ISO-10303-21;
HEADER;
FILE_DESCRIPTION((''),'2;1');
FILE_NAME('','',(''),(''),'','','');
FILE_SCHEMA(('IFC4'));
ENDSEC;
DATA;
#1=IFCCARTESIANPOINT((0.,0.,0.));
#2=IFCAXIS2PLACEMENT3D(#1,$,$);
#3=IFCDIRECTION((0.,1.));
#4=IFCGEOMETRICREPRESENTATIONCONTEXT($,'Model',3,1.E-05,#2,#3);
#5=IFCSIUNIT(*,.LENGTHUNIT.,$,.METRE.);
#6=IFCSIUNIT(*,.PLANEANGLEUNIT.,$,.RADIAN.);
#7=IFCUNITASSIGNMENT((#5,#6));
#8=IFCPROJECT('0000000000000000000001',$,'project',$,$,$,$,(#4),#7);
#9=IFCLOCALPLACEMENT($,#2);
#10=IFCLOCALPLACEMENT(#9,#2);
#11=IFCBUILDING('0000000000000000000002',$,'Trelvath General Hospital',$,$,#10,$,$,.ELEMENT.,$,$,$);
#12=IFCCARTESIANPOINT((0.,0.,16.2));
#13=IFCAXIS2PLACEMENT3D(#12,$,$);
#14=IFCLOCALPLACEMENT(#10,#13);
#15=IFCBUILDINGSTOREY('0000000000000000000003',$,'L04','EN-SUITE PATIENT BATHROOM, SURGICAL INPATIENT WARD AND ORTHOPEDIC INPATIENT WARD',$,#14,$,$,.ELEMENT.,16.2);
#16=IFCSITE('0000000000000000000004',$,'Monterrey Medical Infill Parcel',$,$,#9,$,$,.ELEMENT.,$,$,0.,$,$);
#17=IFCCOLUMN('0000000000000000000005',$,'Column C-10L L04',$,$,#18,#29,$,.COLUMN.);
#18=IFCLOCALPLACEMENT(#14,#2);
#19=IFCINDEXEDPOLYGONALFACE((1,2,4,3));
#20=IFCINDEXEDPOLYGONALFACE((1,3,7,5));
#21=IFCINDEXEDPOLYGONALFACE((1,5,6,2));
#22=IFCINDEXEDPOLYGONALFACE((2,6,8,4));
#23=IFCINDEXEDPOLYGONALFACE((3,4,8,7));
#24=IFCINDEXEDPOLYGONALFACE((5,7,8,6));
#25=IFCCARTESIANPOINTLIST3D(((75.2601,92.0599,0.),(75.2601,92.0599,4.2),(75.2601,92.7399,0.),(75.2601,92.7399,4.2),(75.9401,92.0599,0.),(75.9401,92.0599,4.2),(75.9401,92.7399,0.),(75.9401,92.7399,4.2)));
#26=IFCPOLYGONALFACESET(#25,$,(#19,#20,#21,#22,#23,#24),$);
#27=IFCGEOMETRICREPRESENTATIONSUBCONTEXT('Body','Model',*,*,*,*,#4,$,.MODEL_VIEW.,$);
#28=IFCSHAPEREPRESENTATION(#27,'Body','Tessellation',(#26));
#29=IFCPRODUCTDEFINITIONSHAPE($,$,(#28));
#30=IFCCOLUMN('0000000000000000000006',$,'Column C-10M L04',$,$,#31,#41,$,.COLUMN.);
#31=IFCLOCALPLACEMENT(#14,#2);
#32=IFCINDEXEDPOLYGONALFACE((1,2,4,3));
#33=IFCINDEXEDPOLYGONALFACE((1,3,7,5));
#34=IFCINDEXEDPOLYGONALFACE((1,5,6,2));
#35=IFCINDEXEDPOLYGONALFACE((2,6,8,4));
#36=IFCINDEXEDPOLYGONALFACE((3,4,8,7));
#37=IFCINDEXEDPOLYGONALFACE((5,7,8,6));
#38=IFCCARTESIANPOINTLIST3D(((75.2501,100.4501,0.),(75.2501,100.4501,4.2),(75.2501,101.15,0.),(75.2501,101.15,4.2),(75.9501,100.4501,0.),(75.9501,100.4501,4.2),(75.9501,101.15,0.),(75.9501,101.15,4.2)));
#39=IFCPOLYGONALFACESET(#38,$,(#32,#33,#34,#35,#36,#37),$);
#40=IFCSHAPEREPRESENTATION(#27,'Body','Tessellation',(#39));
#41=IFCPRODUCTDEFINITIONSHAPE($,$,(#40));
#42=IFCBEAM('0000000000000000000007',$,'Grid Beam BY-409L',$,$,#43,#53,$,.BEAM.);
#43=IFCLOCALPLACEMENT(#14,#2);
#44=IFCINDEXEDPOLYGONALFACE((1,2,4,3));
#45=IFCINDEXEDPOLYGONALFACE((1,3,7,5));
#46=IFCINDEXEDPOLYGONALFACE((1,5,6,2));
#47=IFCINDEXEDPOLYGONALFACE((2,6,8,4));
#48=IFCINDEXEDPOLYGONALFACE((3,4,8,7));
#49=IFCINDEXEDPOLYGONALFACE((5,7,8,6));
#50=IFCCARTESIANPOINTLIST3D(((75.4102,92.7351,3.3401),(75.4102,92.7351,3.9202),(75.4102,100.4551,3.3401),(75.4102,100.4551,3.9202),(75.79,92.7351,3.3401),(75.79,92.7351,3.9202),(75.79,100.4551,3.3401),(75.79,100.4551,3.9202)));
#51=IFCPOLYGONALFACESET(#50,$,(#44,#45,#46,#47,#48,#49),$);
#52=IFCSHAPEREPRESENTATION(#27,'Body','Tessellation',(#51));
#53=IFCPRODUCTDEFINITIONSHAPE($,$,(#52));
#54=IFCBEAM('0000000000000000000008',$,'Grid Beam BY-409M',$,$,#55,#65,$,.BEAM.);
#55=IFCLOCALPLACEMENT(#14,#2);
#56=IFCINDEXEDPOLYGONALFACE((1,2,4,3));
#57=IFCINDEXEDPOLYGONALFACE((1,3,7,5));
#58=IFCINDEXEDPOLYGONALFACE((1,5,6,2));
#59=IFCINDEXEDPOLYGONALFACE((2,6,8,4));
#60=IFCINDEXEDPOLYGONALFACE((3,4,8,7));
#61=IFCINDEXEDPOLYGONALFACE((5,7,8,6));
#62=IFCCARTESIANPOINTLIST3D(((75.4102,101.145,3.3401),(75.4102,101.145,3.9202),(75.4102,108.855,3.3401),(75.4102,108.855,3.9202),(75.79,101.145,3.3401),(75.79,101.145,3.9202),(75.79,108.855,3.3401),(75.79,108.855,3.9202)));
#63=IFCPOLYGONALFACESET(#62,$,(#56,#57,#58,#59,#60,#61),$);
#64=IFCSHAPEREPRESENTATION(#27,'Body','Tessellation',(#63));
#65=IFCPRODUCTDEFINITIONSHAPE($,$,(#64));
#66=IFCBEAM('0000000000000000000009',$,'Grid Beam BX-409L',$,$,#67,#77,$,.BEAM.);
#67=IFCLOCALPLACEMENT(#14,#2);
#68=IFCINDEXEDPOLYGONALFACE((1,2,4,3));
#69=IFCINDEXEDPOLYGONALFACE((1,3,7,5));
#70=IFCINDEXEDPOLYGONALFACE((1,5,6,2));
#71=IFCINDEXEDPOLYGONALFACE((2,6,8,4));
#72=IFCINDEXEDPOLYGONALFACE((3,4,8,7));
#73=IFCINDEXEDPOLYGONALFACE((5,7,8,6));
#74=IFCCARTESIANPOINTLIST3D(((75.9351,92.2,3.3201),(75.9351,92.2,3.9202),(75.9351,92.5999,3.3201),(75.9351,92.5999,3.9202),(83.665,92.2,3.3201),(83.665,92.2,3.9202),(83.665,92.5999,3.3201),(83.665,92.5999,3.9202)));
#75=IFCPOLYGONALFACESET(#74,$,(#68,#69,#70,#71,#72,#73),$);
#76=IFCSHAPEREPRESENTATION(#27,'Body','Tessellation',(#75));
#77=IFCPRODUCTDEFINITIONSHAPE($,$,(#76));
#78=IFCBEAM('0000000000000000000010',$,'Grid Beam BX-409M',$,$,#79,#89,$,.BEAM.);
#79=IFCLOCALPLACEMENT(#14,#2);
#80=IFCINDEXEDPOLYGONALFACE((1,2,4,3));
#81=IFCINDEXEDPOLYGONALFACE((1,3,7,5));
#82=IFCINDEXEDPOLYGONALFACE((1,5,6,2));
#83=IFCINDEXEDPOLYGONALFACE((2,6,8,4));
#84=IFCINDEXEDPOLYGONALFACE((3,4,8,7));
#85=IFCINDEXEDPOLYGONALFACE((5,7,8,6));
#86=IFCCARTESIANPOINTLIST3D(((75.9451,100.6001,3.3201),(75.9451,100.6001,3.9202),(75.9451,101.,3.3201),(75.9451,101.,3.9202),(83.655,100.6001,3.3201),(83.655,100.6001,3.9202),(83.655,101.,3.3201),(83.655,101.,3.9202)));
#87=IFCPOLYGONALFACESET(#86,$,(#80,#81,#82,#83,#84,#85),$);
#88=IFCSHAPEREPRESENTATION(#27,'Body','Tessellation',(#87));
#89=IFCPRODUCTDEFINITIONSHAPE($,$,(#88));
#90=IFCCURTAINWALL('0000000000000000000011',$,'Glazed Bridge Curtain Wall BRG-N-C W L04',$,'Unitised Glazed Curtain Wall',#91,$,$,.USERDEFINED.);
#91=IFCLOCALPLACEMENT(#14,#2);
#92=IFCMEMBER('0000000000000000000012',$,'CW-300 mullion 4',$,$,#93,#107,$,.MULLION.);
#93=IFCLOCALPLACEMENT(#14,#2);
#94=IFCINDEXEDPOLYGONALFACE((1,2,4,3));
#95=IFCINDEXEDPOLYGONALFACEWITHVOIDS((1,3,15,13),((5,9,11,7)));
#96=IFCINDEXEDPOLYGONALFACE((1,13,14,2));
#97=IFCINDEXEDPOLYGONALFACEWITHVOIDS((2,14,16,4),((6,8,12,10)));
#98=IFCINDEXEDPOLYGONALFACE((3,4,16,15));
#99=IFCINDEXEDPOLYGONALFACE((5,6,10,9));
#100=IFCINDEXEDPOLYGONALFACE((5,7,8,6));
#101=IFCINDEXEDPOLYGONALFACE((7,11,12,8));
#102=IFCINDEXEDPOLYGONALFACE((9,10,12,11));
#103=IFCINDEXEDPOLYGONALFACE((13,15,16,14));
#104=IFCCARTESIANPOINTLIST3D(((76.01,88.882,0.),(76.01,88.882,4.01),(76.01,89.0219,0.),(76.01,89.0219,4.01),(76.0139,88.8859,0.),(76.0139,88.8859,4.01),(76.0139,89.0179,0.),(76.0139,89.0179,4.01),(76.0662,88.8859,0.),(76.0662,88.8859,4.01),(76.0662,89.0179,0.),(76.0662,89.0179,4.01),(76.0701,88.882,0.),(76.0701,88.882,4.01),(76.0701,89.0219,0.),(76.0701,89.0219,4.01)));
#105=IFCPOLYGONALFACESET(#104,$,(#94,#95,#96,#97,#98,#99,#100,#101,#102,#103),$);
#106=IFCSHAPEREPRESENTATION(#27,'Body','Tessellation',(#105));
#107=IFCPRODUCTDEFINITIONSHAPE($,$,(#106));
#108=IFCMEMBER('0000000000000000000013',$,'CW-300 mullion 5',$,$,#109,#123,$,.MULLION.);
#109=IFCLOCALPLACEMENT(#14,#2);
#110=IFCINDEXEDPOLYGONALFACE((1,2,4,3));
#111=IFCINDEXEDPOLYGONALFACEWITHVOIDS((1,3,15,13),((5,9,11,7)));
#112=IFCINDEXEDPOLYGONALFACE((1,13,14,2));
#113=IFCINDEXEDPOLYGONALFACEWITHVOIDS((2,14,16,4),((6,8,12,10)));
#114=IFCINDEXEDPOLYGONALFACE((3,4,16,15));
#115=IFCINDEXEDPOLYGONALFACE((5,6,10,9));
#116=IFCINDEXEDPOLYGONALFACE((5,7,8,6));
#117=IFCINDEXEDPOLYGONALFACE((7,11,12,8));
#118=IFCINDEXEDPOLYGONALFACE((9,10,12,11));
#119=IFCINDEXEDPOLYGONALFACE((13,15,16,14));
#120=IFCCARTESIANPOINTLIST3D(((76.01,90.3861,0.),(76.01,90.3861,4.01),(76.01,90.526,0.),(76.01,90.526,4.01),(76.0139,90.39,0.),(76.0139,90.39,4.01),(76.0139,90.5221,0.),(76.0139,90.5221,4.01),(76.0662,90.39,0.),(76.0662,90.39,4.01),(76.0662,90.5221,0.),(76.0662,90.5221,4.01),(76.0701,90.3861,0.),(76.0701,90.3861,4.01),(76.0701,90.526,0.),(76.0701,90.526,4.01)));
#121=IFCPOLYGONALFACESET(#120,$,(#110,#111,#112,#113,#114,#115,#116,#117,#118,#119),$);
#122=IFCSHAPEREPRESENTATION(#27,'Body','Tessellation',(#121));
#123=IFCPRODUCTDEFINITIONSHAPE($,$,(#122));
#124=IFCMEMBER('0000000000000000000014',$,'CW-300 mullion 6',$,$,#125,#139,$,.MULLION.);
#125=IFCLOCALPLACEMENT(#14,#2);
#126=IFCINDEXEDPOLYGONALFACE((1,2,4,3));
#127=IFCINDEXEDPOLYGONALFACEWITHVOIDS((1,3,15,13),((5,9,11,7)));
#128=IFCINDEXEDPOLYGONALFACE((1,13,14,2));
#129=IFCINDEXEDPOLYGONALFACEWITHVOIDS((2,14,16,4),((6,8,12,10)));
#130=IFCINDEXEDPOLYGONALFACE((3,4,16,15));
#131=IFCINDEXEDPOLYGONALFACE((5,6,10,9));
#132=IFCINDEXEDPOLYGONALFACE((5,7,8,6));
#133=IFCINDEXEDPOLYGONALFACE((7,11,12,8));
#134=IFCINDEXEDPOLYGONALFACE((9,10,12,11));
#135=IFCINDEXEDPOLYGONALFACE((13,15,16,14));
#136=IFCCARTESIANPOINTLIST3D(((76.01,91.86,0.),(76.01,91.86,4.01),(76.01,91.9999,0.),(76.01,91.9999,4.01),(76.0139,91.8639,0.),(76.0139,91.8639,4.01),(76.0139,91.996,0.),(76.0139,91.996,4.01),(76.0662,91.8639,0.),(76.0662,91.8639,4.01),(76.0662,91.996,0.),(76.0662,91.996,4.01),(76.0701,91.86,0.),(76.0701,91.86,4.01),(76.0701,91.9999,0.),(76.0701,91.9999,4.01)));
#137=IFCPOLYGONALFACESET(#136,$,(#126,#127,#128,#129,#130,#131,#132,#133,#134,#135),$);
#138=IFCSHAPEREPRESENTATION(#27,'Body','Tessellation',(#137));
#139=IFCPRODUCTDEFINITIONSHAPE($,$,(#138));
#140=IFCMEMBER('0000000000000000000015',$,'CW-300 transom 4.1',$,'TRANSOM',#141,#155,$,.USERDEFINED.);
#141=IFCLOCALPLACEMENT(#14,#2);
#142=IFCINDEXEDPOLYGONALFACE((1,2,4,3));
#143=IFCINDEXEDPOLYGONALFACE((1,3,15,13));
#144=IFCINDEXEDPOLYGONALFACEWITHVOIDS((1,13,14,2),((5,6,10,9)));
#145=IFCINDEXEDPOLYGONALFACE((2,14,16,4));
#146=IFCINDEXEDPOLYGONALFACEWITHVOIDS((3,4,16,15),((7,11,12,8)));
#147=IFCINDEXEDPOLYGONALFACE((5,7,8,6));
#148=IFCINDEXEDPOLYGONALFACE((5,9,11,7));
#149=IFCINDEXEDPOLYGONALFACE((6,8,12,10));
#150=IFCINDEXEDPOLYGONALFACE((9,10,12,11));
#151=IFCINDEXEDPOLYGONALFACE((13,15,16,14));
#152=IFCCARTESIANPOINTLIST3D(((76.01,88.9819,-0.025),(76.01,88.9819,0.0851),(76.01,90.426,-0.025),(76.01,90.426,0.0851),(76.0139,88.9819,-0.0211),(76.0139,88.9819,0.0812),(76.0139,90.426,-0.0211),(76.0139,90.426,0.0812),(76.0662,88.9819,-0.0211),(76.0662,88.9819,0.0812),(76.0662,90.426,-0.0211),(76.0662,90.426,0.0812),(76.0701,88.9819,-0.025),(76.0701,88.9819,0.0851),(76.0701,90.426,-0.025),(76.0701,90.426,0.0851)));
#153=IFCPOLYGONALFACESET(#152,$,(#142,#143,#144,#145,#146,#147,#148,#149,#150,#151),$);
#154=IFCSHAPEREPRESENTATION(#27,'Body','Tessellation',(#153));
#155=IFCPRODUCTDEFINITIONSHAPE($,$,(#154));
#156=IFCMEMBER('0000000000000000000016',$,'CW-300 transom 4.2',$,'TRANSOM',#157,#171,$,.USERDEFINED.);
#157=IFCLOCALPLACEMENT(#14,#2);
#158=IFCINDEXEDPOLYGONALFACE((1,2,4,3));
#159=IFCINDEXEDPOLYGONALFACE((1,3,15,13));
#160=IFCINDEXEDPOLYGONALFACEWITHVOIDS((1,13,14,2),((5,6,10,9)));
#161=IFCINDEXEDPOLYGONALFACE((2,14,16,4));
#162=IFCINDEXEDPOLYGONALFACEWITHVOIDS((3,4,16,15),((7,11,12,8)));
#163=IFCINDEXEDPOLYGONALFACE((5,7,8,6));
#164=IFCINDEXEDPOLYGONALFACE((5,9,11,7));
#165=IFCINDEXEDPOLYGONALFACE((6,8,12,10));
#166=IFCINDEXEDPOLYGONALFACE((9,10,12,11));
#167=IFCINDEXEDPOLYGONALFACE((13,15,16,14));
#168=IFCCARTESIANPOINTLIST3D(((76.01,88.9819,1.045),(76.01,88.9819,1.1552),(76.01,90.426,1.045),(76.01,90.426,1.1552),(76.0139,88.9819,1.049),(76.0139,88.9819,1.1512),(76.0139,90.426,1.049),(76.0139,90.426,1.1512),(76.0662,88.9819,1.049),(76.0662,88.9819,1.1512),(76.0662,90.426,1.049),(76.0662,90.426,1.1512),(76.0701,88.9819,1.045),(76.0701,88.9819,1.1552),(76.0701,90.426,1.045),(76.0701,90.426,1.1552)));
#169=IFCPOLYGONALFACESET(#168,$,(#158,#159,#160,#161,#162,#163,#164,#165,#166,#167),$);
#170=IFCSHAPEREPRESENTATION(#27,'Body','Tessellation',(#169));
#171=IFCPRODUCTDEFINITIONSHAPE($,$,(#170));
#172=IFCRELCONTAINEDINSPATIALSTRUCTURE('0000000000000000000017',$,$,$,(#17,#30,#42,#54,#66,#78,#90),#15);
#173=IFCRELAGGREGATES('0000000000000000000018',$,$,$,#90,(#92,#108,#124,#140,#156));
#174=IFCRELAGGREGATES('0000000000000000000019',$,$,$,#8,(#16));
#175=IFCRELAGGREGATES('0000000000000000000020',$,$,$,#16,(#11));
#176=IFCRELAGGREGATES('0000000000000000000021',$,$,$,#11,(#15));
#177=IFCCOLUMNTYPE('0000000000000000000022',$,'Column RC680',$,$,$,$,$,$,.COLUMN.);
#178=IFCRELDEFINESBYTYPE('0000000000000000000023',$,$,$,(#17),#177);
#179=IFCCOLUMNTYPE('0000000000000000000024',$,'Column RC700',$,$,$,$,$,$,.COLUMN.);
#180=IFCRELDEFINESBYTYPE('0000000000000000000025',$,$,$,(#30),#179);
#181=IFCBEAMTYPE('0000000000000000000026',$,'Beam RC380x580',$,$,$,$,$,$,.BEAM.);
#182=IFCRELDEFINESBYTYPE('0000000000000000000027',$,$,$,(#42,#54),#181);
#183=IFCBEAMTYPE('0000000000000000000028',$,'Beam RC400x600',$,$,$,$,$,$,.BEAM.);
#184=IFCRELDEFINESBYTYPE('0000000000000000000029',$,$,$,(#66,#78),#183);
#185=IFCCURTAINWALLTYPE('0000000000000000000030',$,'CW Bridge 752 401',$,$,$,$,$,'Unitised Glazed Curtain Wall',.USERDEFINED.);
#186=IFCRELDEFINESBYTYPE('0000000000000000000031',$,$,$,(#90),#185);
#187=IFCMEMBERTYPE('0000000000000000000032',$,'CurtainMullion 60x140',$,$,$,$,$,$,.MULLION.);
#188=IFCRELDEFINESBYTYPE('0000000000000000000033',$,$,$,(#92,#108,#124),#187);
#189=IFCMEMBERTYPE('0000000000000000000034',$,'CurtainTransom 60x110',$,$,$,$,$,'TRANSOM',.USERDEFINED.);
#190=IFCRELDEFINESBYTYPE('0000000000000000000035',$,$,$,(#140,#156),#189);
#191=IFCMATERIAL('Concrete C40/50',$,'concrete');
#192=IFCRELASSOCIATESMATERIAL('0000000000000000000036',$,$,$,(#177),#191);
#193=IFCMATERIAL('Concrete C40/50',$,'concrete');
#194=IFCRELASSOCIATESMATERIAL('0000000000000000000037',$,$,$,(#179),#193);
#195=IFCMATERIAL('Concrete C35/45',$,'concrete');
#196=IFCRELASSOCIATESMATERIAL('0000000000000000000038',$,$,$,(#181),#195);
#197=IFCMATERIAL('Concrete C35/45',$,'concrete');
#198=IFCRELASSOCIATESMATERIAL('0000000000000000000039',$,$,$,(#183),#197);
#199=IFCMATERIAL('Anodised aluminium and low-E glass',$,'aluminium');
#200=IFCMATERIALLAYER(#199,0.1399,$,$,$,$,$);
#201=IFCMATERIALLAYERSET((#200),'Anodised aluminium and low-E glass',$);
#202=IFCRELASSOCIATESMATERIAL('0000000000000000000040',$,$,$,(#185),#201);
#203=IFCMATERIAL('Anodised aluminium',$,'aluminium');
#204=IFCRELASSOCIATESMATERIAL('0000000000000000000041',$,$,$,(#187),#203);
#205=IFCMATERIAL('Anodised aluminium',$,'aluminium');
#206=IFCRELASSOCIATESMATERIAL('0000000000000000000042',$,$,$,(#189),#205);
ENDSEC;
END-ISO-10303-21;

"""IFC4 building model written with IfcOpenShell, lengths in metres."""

from ifc_helpers import new_model, si_unit, direction, frame, origin, origin_2d, place, context, subcontext, project, spatial, rectangle, hollow_rectangle, extrude, material, layer, layer_set, material_profile, profile_set, type_object, element, aggregate, save


model = new_model("IFC4")

# Units and contexts
model_context = context("Model", 3, precision=1e-05, world=origin(), true_north=direction((0.0, 1.0)))
body_context = subcontext(model_context, "Body", "Model", "MODEL_VIEW")
ifc_project = project(units=[si_unit("LENGTHUNIT", "METRE"), si_unit("PLANEANGLEUNIT", "RADIAN")], contexts=[model_context])

# Site, building, storey
site_placement = place(None, origin())
site = spatial("IfcSite", under=ifc_project, at=site_placement, Name="Monterrey Medical Infill Parcel", CompositionType="ELEMENT", RefElevation=0.0)
building_placement = place(site_placement, origin())
building = spatial("IfcBuilding", under=site, at=building_placement, Name="Trelvath General Hospital", CompositionType="ELEMENT")
storey_placement = place(building_placement, frame((0.0, 0.0, 16.2)))
storey = spatial("IfcBuildingStorey", under=building, at=storey_placement, Name="L04", Description="EN-SUITE PATIENT BATHROOM, SURGICAL INPATIENT WARD AND ORTHOPEDIC INPATIENT WARD", CompositionType="ELEMENT", Elevation=16.2)

# Columns
ifc_material_1 = material(Name="Concrete C40/50", Category="concrete")
ifc_material_profile_1 = material_profile(ifc_material_1, rectangle(XDim=0.6799, YDim=0.6799, at=origin_2d()), Name="RC680x680")
ifc_profile_set_1 = profile_set([ifc_material_profile_1], Name="Concrete C40/50")
column_type_1 = type_object("IfcColumnType", Name="Column RC680", PredefinedType="COLUMN", material=ifc_profile_set_1)
column_1_placement = place(storey_placement, frame((75.6001, 92.3999, 0.0), z_axis=(0.0, 0.0, 1.0), x_axis=(1.0, 0.0, 0.0)))
element("IfcColumn", 1, at=column_1_placement, inside=storey, type_object=column_type_1, Name="Column C-10L L04", PredefinedType="COLUMN", context=body_context, shape_type="SweptSolid", body=[
    extrude(rectangle(XDim=0.6799, YDim=0.6799, at=origin_2d()), origin(), (0.0, 0.0, 1.0), 4.2),
])
ifc_material_2 = material(Name="Concrete C40/50", Category="concrete")
ifc_material_profile_2 = material_profile(ifc_material_2, rectangle(XDim=0.7, YDim=0.7, at=origin_2d()), Name="RC700x700")
ifc_profile_set_2 = profile_set([ifc_material_profile_2], Name="Concrete C40/50")
column_type_2 = type_object("IfcColumnType", Name="Column RC700", PredefinedType="COLUMN", material=ifc_profile_set_2)
column_2_placement = place(storey_placement, frame((75.6001, 100.8, 0.0), z_axis=(0.0, 0.0, 1.0), x_axis=(1.0, 0.0, 0.0)))
element("IfcColumn", 2, at=column_2_placement, inside=storey, type_object=column_type_2, Name="Column C-10M L04", PredefinedType="COLUMN", context=body_context, shape_type="SweptSolid", body=[
    extrude(rectangle(XDim=0.7, YDim=0.7, at=origin_2d()), origin(), (0.0, 0.0, 1.0), 4.2),
])

# Beams
ifc_material_3 = material(Name="Concrete C35/45", Category="concrete")
ifc_material_profile_3 = material_profile(ifc_material_3, rectangle(XDim=0.3799, YDim=0.5801, at=origin_2d()), Name="RCB380x580")
ifc_profile_set_3 = profile_set([ifc_material_profile_3], Name="Concrete C35/45")
beam_type_1 = type_object("IfcBeamType", Name="Beam RC380x580", PredefinedType="BEAM", material=ifc_profile_set_3)
beam_1_placement = place(storey_placement, frame((75.6001, 92.7351, 3.6301), z_axis=(0.0, 1.0, 0.0), x_axis=(-1.0, 0.0, 0.0)))
element("IfcBeam", 3, at=beam_1_placement, inside=storey, type_object=beam_type_1, Name="Grid Beam BY-409L", PredefinedType="BEAM", context=body_context, shape_type="SweptSolid", body=[
    extrude(rectangle(XDim=0.3799, YDim=0.5801, at=origin_2d()), origin(), (0.0, 0.0, 1.0), 7.72),
])
beam_2_placement = place(storey_placement, frame((75.6001, 101.145, 3.6301), z_axis=(0.0, 1.0, 0.0), x_axis=(-1.0, 0.0, 0.0)))
element("IfcBeam", 4, at=beam_2_placement, inside=storey, type_object=beam_type_1, Name="Grid Beam BY-409M", PredefinedType="BEAM", context=body_context, shape_type="SweptSolid", body=[
    extrude(rectangle(XDim=0.3799, YDim=0.5801, at=origin_2d()), origin(), (0.0, 0.0, 1.0), 7.71),
])
ifc_material_4 = material(Name="Concrete C35/45", Category="concrete")
ifc_material_profile_4 = material_profile(ifc_material_4, rectangle(XDim=0.3999, YDim=0.6001, at=origin_2d()), Name="RCB400x600")
ifc_profile_set_4 = profile_set([ifc_material_profile_4], Name="Concrete C35/45")
beam_type_2 = type_object("IfcBeamType", Name="Beam RC400x600", PredefinedType="BEAM", material=ifc_profile_set_4)
beam_3_placement = place(storey_placement, frame((75.9351, 92.3999, 3.6201), z_axis=(1.0, 0.0, 0.0), x_axis=(0.0, 1.0, 0.0)))
element("IfcBeam", 5, at=beam_3_placement, inside=storey, type_object=beam_type_2, Name="Grid Beam BX-409L", PredefinedType="BEAM", context=body_context, shape_type="SweptSolid", body=[
    extrude(rectangle(XDim=0.3999, YDim=0.6001, at=origin_2d()), origin(), (0.0, 0.0, 1.0), 7.73),
])
beam_4_placement = place(storey_placement, frame((75.9451, 100.8, 3.6201), z_axis=(1.0, 0.0, 0.0), x_axis=(0.0, 1.0, 0.0)))
element("IfcBeam", 6, at=beam_4_placement, inside=storey, type_object=beam_type_2, Name="Grid Beam BX-409M", PredefinedType="BEAM", context=body_context, shape_type="SweptSolid", body=[
    extrude(rectangle(XDim=0.3999, YDim=0.6001, at=origin_2d()), origin(), (0.0, 0.0, 1.0), 7.71),
])

# Curtain wall, members
ifc_material_5 = material(Name="Anodised aluminium and low-E glass", Category="aluminium")
ifc_layer_1 = layer(ifc_material_5, 0.1399)
ifc_layer_set_1 = layer_set([ifc_layer_1], Name="Anodised aluminium and low-E glass")
curtain_wall_type = type_object("IfcCurtainWallType", Name="CW Bridge 752 401", ElementType="Unitised Glazed Curtain Wall", PredefinedType="USERDEFINED", material=ifc_layer_set_1)
curtain_wall_placement = place(storey_placement, origin())
curtain_wall = element("IfcCurtainWall", 7, at=curtain_wall_placement, inside=storey, type_object=curtain_wall_type, Name="Glazed Bridge Curtain Wall BRG-N-C W L04", ObjectType="Unitised Glazed Curtain Wall", PredefinedType="USERDEFINED")
ifc_material_6 = material(Name="Anodised aluminium", Category="aluminium")
ifc_material_profile_5 = material_profile(ifc_material_6, hollow_rectangle(XDim=0.0601, YDim=0.1399, WallThickness=0.0039, at=origin_2d()), Name="RHS60x140x4")
ifc_profile_set_5 = profile_set([ifc_material_profile_5], Name="Anodised aluminium")
member_type_1 = type_object("IfcMemberType", Name="CurtainMullion 60x140", PredefinedType="MULLION", material=ifc_profile_set_5)
member_1_placement = place(storey_placement, frame((76.04, 88.9519, 0.0), z_axis=(0.0, 0.0, 1.0), x_axis=(-1.0, 0.0, 0.0)))
member_1 = element("IfcMember", 8, at=member_1_placement, type_object=member_type_1, Name="CW-300 mullion 4", PredefinedType="MULLION", context=body_context, shape_type="SweptSolid", body=[
    extrude(hollow_rectangle(XDim=0.0601, YDim=0.1399, WallThickness=0.0039, at=origin_2d()), origin(), (0.0, 0.0, 1.0), 4.01),
])
member_2_placement = place(storey_placement, frame((76.04, 90.4561, 0.0), z_axis=(0.0, 0.0, 1.0), x_axis=(-1.0, 0.0, 0.0)))
member_2 = element("IfcMember", 9, at=member_2_placement, type_object=member_type_1, Name="CW-300 mullion 5", PredefinedType="MULLION", context=body_context, shape_type="SweptSolid", body=[
    extrude(hollow_rectangle(XDim=0.0601, YDim=0.1399, WallThickness=0.0039, at=origin_2d()), origin(), (0.0, 0.0, 1.0), 4.01),
])
member_3_placement = place(storey_placement, frame((76.04, 91.9299, 0.0), z_axis=(0.0, 0.0, 1.0), x_axis=(-1.0, 0.0, 0.0)))
member_3 = element("IfcMember", 10, at=member_3_placement, type_object=member_type_1, Name="CW-300 mullion 6", PredefinedType="MULLION", context=body_context, shape_type="SweptSolid", body=[
    extrude(hollow_rectangle(XDim=0.0601, YDim=0.1399, WallThickness=0.0039, at=origin_2d()), origin(), (0.0, 0.0, 1.0), 4.01),
])
ifc_material_7 = material(Name="Anodised aluminium", Category="aluminium")
ifc_material_profile_6 = material_profile(ifc_material_7, hollow_rectangle(XDim=0.0601, YDim=0.1101, WallThickness=0.0039, at=origin_2d()), Name="RHS60x110x4")
ifc_profile_set_6 = profile_set([ifc_material_profile_6], Name="Anodised aluminium")
member_type_2 = type_object("IfcMemberType", Name="CurtainTransom 60x110", ElementType="TRANSOM", PredefinedType="USERDEFINED", material=ifc_profile_set_6)
member_4_placement = place(storey_placement, frame((76.04, 88.9819, 0.03), z_axis=(0.0, 1.0, 0.0), x_axis=(-1.0, 0.0, 0.0)))
member_4 = element("IfcMember", 11, at=member_4_placement, type_object=member_type_2, Name="CW-300 transom 4.1", ObjectType="TRANSOM", PredefinedType="USERDEFINED", context=body_context, shape_type="SweptSolid", body=[
    extrude(hollow_rectangle(XDim=0.0601, YDim=0.1101, WallThickness=0.0039, at=origin_2d()), origin(), (0.0, 0.0, 1.0), 1.4441),
])
member_5_placement = place(storey_placement, frame((76.04, 88.9819, 1.1001), z_axis=(0.0, 1.0, 0.0), x_axis=(-1.0, 0.0, 0.0)))
member_5 = element("IfcMember", 12, at=member_5_placement, type_object=member_type_2, Name="CW-300 transom 4.2", ObjectType="TRANSOM", PredefinedType="USERDEFINED", context=body_context, shape_type="SweptSolid", body=[
    extrude(hollow_rectangle(XDim=0.0601, YDim=0.1101, WallThickness=0.0039, at=origin_2d()), origin(), (0.0, 0.0, 1.0), 1.4441),
])
aggregate(curtain_wall, [member_1, member_2, member_3, member_4, member_5])

save(model, "model.ifc")
